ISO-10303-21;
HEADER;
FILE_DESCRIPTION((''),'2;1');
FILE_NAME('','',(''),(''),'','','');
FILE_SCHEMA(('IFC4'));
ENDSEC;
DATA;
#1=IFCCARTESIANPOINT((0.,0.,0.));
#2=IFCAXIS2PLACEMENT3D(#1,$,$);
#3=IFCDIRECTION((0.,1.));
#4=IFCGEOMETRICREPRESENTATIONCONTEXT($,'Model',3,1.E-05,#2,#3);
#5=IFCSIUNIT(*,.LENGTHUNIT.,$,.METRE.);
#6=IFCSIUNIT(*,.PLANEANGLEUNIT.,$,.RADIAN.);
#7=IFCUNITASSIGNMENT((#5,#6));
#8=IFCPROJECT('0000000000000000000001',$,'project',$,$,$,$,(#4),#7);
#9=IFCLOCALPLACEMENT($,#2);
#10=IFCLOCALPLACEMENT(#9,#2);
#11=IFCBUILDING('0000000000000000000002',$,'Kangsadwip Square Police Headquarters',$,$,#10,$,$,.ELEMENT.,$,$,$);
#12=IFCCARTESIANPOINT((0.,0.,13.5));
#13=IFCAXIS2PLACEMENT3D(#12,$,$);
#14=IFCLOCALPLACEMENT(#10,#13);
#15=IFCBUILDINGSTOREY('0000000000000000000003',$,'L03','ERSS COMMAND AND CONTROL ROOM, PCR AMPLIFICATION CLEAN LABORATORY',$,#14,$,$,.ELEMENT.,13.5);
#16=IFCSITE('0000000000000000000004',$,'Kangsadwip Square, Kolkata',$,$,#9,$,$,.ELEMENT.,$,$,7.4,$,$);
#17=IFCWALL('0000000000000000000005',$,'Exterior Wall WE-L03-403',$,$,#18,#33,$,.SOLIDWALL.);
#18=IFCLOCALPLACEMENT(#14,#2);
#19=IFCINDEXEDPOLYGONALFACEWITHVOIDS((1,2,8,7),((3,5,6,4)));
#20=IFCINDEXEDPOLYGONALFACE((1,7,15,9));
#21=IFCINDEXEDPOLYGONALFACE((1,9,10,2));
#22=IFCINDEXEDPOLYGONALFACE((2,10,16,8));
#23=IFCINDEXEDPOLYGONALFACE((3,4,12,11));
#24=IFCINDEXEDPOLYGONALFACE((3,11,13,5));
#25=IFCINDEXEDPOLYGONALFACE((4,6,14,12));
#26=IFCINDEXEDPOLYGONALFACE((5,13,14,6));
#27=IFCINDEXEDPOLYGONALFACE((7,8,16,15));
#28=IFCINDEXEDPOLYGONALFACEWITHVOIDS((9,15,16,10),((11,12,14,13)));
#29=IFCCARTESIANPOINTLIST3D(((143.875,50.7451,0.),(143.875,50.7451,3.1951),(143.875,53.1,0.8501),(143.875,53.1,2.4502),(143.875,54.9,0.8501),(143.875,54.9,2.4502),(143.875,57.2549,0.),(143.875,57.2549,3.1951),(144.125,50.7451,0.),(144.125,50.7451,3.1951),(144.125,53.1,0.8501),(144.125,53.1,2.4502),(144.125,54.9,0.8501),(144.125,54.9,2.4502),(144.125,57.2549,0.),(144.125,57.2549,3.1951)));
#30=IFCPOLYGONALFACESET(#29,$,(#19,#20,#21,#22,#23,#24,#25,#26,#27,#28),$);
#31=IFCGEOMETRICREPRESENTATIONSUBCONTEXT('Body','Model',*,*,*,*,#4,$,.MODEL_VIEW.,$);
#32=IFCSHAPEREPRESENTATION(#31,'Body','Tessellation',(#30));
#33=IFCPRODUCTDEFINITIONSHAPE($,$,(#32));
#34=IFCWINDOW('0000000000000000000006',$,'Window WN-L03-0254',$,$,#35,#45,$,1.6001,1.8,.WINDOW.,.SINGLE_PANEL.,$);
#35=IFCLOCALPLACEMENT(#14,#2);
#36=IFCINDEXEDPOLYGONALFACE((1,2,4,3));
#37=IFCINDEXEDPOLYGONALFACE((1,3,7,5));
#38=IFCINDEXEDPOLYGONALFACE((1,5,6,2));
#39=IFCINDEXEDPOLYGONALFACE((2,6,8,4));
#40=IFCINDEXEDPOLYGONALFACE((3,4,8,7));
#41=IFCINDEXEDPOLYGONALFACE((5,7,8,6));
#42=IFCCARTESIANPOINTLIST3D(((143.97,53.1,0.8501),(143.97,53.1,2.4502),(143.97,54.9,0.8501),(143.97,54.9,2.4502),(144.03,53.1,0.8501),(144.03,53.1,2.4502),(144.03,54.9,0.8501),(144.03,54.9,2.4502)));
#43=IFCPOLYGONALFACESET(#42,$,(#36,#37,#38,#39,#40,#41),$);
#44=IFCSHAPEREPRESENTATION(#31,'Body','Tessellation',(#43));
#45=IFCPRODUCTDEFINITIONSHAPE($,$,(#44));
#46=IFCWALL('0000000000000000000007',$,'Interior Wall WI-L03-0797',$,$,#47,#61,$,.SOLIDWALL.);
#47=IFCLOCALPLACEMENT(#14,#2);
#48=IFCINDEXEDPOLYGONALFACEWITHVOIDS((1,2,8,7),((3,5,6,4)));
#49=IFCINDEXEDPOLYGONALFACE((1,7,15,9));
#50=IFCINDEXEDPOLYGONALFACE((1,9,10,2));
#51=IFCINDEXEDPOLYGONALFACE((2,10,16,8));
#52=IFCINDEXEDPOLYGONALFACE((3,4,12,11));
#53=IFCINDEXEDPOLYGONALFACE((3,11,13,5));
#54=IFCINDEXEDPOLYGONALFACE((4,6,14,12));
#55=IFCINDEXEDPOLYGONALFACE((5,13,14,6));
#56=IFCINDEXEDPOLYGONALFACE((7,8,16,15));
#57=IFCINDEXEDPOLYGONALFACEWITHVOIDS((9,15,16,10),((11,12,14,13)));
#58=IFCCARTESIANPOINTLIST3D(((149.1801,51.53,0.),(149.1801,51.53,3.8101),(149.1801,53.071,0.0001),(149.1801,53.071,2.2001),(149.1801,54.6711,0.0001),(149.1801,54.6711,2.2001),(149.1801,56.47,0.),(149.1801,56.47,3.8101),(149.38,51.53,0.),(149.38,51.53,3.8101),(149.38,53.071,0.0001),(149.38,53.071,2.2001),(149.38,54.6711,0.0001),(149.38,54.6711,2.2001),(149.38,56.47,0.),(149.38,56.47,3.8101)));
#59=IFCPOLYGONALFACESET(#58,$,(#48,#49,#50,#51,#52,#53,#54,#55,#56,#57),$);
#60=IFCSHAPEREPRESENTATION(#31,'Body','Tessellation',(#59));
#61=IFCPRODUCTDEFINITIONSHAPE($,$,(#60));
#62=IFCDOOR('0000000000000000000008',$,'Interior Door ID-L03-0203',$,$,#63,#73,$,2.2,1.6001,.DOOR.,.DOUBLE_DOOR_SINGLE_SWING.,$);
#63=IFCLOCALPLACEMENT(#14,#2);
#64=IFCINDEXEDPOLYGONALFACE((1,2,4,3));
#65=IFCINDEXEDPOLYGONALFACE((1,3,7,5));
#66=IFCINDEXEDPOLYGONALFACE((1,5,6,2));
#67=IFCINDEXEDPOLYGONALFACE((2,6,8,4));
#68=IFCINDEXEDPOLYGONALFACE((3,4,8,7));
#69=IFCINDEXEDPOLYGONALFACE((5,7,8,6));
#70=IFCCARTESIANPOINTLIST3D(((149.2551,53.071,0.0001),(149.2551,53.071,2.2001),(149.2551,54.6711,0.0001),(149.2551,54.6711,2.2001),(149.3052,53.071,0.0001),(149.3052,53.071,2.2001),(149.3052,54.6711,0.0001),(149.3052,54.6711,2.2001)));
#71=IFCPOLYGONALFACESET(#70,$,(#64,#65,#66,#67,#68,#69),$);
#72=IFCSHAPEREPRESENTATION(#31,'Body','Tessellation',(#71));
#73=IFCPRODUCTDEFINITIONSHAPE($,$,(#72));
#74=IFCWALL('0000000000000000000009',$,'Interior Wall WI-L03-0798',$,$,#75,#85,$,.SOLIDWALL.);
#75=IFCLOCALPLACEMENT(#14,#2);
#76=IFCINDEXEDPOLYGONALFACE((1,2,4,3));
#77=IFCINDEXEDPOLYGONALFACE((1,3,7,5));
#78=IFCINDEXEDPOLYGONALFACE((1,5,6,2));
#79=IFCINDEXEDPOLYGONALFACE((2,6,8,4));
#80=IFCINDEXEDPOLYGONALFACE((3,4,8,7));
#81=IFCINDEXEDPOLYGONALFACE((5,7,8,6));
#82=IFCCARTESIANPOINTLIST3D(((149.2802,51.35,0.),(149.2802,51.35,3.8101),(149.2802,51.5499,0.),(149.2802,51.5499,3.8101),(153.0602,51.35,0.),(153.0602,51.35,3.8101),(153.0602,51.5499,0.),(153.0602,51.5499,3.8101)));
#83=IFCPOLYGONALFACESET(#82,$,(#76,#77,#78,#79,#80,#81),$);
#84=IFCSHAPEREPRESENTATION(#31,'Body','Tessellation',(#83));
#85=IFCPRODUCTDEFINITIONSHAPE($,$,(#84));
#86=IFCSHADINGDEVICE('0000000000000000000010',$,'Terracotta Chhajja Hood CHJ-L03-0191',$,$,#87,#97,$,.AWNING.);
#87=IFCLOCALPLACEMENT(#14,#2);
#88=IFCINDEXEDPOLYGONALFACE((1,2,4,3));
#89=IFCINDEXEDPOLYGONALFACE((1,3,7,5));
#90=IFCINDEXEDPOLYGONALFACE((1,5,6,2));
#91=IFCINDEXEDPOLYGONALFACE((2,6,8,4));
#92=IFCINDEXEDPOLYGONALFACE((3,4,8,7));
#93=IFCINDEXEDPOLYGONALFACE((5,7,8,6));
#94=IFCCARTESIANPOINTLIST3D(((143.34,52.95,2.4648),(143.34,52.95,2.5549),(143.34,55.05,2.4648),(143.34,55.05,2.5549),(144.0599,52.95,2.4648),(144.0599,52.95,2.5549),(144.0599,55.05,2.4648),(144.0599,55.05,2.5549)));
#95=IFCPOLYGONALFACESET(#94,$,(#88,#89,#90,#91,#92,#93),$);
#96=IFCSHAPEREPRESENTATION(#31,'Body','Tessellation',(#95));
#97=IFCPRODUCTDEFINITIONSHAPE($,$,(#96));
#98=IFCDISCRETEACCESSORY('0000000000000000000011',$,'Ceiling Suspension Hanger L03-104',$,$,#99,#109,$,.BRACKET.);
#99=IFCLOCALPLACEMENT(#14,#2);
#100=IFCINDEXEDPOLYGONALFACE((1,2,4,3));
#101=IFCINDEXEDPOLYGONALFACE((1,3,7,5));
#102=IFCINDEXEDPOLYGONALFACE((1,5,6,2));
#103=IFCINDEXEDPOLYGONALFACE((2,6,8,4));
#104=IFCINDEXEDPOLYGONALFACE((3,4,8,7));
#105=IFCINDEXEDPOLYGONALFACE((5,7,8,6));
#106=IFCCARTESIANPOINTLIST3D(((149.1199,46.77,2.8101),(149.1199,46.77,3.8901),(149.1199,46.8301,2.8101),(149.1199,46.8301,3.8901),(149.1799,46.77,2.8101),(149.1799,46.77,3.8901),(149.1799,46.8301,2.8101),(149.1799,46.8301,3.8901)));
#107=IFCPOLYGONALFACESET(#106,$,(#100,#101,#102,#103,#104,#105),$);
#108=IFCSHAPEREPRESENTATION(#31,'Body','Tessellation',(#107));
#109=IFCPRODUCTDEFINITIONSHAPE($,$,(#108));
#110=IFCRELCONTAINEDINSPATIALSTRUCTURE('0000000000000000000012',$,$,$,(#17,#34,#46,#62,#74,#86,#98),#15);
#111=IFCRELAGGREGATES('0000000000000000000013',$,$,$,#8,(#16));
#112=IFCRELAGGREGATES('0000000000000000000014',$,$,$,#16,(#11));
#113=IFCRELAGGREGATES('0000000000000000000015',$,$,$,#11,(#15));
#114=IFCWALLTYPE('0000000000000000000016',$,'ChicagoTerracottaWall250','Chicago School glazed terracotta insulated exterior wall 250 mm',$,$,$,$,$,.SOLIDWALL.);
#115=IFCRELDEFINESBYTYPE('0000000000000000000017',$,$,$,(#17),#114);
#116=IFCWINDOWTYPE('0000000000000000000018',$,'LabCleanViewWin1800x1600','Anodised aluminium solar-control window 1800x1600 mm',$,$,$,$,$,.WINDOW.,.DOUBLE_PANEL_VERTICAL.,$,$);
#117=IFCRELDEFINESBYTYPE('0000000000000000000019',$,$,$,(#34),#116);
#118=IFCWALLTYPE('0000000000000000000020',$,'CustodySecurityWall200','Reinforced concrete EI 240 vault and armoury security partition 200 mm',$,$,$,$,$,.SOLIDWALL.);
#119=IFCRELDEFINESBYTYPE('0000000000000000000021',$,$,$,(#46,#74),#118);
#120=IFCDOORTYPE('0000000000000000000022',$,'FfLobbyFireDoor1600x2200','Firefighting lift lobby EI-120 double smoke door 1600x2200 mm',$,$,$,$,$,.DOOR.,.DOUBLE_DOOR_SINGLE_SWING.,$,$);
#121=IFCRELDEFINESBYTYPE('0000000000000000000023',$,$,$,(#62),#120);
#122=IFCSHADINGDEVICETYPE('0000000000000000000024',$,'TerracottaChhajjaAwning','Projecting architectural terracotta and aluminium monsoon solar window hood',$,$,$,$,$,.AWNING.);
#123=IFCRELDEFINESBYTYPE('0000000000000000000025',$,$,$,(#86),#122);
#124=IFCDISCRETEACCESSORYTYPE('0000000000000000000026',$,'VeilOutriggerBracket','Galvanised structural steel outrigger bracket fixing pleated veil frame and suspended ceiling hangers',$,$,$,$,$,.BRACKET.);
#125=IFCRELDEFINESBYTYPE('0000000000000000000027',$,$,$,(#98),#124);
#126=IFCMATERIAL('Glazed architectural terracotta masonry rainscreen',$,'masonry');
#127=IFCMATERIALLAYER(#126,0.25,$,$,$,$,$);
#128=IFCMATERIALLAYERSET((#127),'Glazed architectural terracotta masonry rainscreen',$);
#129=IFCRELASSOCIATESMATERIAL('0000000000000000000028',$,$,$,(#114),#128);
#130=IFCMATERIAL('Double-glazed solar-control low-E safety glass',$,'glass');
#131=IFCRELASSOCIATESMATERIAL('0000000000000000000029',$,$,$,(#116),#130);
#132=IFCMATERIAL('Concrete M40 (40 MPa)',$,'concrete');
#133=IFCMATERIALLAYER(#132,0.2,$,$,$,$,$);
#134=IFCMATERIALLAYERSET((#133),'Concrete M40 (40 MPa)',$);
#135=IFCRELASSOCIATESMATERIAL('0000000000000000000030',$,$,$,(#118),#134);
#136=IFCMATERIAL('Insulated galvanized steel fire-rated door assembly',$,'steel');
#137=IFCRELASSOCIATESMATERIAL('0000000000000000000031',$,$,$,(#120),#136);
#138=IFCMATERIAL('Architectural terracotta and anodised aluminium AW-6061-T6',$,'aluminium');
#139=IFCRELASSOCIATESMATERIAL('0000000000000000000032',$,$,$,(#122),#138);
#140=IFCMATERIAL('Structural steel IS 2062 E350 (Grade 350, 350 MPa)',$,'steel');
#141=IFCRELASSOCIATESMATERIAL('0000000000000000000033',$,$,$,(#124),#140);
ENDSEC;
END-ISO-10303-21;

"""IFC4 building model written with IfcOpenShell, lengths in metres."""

from ifc_helpers import new_model, si_unit, direction, frame, frame_2d, origin, origin_2d, place, context, subcontext, project, spatial, rectangle, extrude, material, layer, layer_set, type_object, element, fill, save


model = new_model("IFC4")

# Units and contexts
model_context = context("Model", 3, precision=1e-05, world=origin(), true_north=direction((0.0, 1.0)))
body_context = subcontext(model_context, "Body", "Model", "MODEL_VIEW")
ifc_project = project(units=[si_unit("LENGTHUNIT", "METRE"), si_unit("PLANEANGLEUNIT", "RADIAN")], contexts=[model_context])

# Site, building, storey
site_placement = place(None, origin())
site = spatial("IfcSite", under=ifc_project, at=site_placement, Name="Kangsadwip Square, Kolkata", CompositionType="ELEMENT", RefElevation=7.4)
building_placement = place(site_placement, origin())
building = spatial("IfcBuilding", under=site, at=building_placement, Name="Kangsadwip Square Police Headquarters", CompositionType="ELEMENT")
storey_placement = place(building_placement, frame((0.0, 0.0, 13.5)))
storey = spatial("IfcBuildingStorey", under=building, at=storey_placement, Name="L03", Description="ERSS COMMAND AND CONTROL ROOM, PCR AMPLIFICATION CLEAN LABORATORY", CompositionType="ELEMENT", Elevation=13.5)

# Wall, opening, window
ifc_material_1 = material(Name="Glazed architectural terracotta masonry rainscreen", Category="masonry")
ifc_layer_1 = layer(ifc_material_1, 0.25)
ifc_layer_set_1 = layer_set([ifc_layer_1], Name="Glazed architectural terracotta masonry rainscreen")
wall_type_1 = type_object("IfcWallType", Name="ChicagoTerracottaWall250", Description="Chicago School glazed terracotta insulated exterior wall 250 mm", PredefinedType="SOLIDWALL", material=ifc_layer_set_1)
wall_1_placement = place(storey_placement, frame((144.0, 50.7451, 0.0), z_axis=(0.0, 0.0, 1.0), x_axis=(0.0, 1.0, 0.0)))
wall_1 = element("IfcWall", 1, at=wall_1_placement, inside=storey, type_object=wall_type_1, Name="Exterior Wall WE-L03-403", PredefinedType="SOLIDWALL", context=body_context, shape_type="SweptSolid", body=[
    extrude(rectangle(XDim=6.5098, YDim=0.25, at=frame_2d((3.2549, 0.0))), origin(), (0.0, 0.0, 1.0), 3.1951),
])
opening_1_placement = place(wall_1_placement, frame((2.355, 0.0, 0.8501)))
opening_1 = element("IfcOpeningElement", 2, at=opening_1_placement, cuts=wall_1, PredefinedType="OPENING", context=body_context, shape_type="SweptSolid", body=[
    extrude(rectangle(XDim=1.8, YDim=1.6001, at=frame_2d((0.8999, 0.8))), frame((0.0, 0.135, 0.0), z_axis=(0.0, -1.0, 0.0), x_axis=(1.0, 0.0, 0.0)), (0.0, 0.0, 1.0), 0.27),
])
ifc_material_2 = material(Name="Double-glazed solar-control low-E safety glass", Category="glass")
window_type = type_object("IfcWindowType", Name="LabCleanViewWin1800x1600", Description="Anodised aluminium solar-control window 1800x1600 mm", PartitioningType="DOUBLE_PANEL_VERTICAL", PredefinedType="WINDOW", material=ifc_material_2)
window_placement = place(opening_1_placement, origin())
window = element("IfcWindow", 3, at=window_placement, inside=storey, type_object=window_type, Name="Window WN-L03-0254", OverallHeight=1.6001, OverallWidth=1.8, PartitioningType="SINGLE_PANEL", PredefinedType="WINDOW", context=body_context, shape_type="SweptSolid", body=[
    extrude(rectangle(XDim=1.8, YDim=1.6001, at=frame_2d((0.8999, 0.8))), frame((0.0, 0.03, 0.0), z_axis=(0.0, -1.0, 0.0), x_axis=(1.0, 0.0, 0.0)), (0.0, 0.0, 1.0), 0.0601),
])
fill(opening_1, window)

# Wall, opening, door
ifc_material_3 = material(Name="Concrete M40 (40 MPa)", Category="concrete")
ifc_layer_2 = layer(ifc_material_3, 0.2)
ifc_layer_set_2 = layer_set([ifc_layer_2], Name="Concrete M40 (40 MPa)")
wall_type_2 = type_object("IfcWallType", Name="CustodySecurityWall200", Description="Reinforced concrete EI 240 vault and armoury security partition 200 mm", PredefinedType="SOLIDWALL", material=ifc_layer_set_2)
wall_2_placement = place(storey_placement, frame((149.28, 51.53, 0.0), z_axis=(0.0, 0.0, 1.0), x_axis=(0.0, 1.0, 0.0)))
wall_2 = element("IfcWall", 4, at=wall_2_placement, inside=storey, type_object=wall_type_2, Name="Interior Wall WI-L03-0797", PredefinedType="SOLIDWALL", context=body_context, shape_type="SweptSolid", body=[
    extrude(rectangle(XDim=4.9399, YDim=0.2, at=frame_2d((2.47, 0.0))), origin(), (0.0, 0.0, 1.0), 3.8101),
])
opening_2_placement = place(wall_2_placement, frame((1.541, 0.0, 0.0)))
opening_2 = element("IfcOpeningElement", 5, at=opening_2_placement, cuts=wall_2, PredefinedType="OPENING", context=body_context, shape_type="SweptSolid", body=[
    extrude(rectangle(XDim=1.6001, YDim=2.2, at=frame_2d((0.8, 1.1001))), frame((0.0, 0.1099, 0.0), z_axis=(0.0, -1.0, 0.0), x_axis=(1.0, 0.0, 0.0)), (0.0, 0.0, 1.0), 0.22),
])
ifc_material_4 = material(Name="Insulated galvanized steel fire-rated door assembly", Category="steel")
door_type = type_object("IfcDoorType", Name="FfLobbyFireDoor1600x2200", Description="Firefighting lift lobby EI-120 double smoke door 1600x2200 mm", OperationType="DOUBLE_DOOR_SINGLE_SWING", PredefinedType="DOOR", material=ifc_material_4)
door_placement = place(opening_2_placement, origin())
door = element("IfcDoor", 6, at=door_placement, inside=storey, type_object=door_type, Name="Interior Door ID-L03-0203", OperationType="DOUBLE_DOOR_SINGLE_SWING", OverallHeight=2.2, OverallWidth=1.6001, PredefinedType="DOOR", context=body_context, shape_type="SweptSolid", body=[
    extrude(rectangle(XDim=1.6001, YDim=2.2, at=frame_2d((0.8, 1.1001))), frame((0.0, 0.0249, 0.0), z_axis=(0.0, -1.0, 0.0), x_axis=(1.0, 0.0, 0.0)), (0.0, 0.0, 1.0), 0.05),
])
fill(opening_2, door)

# Wall
wall_3_placement = place(storey_placement, frame((149.28, 51.45, 0.0), z_axis=(0.0, 0.0, 1.0), x_axis=(1.0, 0.0, 0.0)))
element("IfcWall", 7, at=wall_3_placement, inside=storey, type_object=wall_type_2, Name="Interior Wall WI-L03-0798", PredefinedType="SOLIDWALL", context=body_context, shape_type="SweptSolid", body=[
    extrude(rectangle(XDim=3.78, YDim=0.2, at=frame_2d((1.8901, 0.0))), origin(), (0.0, 0.0, 1.0), 3.8101),
])

# Shading device
ifc_material_5 = material(Name="Architectural terracotta and anodised aluminium AW-6061-T6", Category="aluminium")
shading_device_type = type_object("IfcShadingDeviceType", Name="TerracottaChhajjaAwning", Description="Projecting architectural terracotta and aluminium monsoon solar window hood", PredefinedType="AWNING", material=ifc_material_5)
shading_device_placement = place(storey_placement, frame((143.7, 54.0, 2.4648), z_axis=(0.0, 0.0, 1.0), x_axis=(0.0, 1.0, 0.0)))
element("IfcShadingDevice", 8, at=shading_device_placement, inside=storey, type_object=shading_device_type, Name="Terracotta Chhajja Hood CHJ-L03-0191", PredefinedType="AWNING", context=body_context, shape_type="SweptSolid", body=[
    extrude(rectangle(XDim=2.1001, YDim=0.72, at=origin_2d()), origin(), (0.0, 0.0, 1.0), 0.0901),
])

# Discrete accessory
ifc_material_6 = material(Name="Structural steel IS 2062 E350 (Grade 350, 350 MPa)", Category="steel")
discrete_accessory_type = type_object("IfcDiscreteAccessoryType", Name="VeilOutriggerBracket", Description="Galvanised structural steel outrigger bracket fixing pleated veil frame and suspended ceiling hangers", PredefinedType="BRACKET", material=ifc_material_6)
discrete_accessory_placement = place(storey_placement, frame((149.1499, 46.8, 2.8101), z_axis=(0.0, 0.0, 1.0), x_axis=(1.0, 0.0, 0.0)))
element("IfcDiscreteAccessory", 9, at=discrete_accessory_placement, inside=storey, type_object=discrete_accessory_type, Name="Ceiling Suspension Hanger L03-104", PredefinedType="BRACKET", context=body_context, shape_type="SweptSolid", body=[
    extrude(rectangle(XDim=0.0601, YDim=0.0601, at=origin_2d()), origin(), (0.0, 0.0, 1.0), 1.0801),
])

save(model, "model.ifc")
